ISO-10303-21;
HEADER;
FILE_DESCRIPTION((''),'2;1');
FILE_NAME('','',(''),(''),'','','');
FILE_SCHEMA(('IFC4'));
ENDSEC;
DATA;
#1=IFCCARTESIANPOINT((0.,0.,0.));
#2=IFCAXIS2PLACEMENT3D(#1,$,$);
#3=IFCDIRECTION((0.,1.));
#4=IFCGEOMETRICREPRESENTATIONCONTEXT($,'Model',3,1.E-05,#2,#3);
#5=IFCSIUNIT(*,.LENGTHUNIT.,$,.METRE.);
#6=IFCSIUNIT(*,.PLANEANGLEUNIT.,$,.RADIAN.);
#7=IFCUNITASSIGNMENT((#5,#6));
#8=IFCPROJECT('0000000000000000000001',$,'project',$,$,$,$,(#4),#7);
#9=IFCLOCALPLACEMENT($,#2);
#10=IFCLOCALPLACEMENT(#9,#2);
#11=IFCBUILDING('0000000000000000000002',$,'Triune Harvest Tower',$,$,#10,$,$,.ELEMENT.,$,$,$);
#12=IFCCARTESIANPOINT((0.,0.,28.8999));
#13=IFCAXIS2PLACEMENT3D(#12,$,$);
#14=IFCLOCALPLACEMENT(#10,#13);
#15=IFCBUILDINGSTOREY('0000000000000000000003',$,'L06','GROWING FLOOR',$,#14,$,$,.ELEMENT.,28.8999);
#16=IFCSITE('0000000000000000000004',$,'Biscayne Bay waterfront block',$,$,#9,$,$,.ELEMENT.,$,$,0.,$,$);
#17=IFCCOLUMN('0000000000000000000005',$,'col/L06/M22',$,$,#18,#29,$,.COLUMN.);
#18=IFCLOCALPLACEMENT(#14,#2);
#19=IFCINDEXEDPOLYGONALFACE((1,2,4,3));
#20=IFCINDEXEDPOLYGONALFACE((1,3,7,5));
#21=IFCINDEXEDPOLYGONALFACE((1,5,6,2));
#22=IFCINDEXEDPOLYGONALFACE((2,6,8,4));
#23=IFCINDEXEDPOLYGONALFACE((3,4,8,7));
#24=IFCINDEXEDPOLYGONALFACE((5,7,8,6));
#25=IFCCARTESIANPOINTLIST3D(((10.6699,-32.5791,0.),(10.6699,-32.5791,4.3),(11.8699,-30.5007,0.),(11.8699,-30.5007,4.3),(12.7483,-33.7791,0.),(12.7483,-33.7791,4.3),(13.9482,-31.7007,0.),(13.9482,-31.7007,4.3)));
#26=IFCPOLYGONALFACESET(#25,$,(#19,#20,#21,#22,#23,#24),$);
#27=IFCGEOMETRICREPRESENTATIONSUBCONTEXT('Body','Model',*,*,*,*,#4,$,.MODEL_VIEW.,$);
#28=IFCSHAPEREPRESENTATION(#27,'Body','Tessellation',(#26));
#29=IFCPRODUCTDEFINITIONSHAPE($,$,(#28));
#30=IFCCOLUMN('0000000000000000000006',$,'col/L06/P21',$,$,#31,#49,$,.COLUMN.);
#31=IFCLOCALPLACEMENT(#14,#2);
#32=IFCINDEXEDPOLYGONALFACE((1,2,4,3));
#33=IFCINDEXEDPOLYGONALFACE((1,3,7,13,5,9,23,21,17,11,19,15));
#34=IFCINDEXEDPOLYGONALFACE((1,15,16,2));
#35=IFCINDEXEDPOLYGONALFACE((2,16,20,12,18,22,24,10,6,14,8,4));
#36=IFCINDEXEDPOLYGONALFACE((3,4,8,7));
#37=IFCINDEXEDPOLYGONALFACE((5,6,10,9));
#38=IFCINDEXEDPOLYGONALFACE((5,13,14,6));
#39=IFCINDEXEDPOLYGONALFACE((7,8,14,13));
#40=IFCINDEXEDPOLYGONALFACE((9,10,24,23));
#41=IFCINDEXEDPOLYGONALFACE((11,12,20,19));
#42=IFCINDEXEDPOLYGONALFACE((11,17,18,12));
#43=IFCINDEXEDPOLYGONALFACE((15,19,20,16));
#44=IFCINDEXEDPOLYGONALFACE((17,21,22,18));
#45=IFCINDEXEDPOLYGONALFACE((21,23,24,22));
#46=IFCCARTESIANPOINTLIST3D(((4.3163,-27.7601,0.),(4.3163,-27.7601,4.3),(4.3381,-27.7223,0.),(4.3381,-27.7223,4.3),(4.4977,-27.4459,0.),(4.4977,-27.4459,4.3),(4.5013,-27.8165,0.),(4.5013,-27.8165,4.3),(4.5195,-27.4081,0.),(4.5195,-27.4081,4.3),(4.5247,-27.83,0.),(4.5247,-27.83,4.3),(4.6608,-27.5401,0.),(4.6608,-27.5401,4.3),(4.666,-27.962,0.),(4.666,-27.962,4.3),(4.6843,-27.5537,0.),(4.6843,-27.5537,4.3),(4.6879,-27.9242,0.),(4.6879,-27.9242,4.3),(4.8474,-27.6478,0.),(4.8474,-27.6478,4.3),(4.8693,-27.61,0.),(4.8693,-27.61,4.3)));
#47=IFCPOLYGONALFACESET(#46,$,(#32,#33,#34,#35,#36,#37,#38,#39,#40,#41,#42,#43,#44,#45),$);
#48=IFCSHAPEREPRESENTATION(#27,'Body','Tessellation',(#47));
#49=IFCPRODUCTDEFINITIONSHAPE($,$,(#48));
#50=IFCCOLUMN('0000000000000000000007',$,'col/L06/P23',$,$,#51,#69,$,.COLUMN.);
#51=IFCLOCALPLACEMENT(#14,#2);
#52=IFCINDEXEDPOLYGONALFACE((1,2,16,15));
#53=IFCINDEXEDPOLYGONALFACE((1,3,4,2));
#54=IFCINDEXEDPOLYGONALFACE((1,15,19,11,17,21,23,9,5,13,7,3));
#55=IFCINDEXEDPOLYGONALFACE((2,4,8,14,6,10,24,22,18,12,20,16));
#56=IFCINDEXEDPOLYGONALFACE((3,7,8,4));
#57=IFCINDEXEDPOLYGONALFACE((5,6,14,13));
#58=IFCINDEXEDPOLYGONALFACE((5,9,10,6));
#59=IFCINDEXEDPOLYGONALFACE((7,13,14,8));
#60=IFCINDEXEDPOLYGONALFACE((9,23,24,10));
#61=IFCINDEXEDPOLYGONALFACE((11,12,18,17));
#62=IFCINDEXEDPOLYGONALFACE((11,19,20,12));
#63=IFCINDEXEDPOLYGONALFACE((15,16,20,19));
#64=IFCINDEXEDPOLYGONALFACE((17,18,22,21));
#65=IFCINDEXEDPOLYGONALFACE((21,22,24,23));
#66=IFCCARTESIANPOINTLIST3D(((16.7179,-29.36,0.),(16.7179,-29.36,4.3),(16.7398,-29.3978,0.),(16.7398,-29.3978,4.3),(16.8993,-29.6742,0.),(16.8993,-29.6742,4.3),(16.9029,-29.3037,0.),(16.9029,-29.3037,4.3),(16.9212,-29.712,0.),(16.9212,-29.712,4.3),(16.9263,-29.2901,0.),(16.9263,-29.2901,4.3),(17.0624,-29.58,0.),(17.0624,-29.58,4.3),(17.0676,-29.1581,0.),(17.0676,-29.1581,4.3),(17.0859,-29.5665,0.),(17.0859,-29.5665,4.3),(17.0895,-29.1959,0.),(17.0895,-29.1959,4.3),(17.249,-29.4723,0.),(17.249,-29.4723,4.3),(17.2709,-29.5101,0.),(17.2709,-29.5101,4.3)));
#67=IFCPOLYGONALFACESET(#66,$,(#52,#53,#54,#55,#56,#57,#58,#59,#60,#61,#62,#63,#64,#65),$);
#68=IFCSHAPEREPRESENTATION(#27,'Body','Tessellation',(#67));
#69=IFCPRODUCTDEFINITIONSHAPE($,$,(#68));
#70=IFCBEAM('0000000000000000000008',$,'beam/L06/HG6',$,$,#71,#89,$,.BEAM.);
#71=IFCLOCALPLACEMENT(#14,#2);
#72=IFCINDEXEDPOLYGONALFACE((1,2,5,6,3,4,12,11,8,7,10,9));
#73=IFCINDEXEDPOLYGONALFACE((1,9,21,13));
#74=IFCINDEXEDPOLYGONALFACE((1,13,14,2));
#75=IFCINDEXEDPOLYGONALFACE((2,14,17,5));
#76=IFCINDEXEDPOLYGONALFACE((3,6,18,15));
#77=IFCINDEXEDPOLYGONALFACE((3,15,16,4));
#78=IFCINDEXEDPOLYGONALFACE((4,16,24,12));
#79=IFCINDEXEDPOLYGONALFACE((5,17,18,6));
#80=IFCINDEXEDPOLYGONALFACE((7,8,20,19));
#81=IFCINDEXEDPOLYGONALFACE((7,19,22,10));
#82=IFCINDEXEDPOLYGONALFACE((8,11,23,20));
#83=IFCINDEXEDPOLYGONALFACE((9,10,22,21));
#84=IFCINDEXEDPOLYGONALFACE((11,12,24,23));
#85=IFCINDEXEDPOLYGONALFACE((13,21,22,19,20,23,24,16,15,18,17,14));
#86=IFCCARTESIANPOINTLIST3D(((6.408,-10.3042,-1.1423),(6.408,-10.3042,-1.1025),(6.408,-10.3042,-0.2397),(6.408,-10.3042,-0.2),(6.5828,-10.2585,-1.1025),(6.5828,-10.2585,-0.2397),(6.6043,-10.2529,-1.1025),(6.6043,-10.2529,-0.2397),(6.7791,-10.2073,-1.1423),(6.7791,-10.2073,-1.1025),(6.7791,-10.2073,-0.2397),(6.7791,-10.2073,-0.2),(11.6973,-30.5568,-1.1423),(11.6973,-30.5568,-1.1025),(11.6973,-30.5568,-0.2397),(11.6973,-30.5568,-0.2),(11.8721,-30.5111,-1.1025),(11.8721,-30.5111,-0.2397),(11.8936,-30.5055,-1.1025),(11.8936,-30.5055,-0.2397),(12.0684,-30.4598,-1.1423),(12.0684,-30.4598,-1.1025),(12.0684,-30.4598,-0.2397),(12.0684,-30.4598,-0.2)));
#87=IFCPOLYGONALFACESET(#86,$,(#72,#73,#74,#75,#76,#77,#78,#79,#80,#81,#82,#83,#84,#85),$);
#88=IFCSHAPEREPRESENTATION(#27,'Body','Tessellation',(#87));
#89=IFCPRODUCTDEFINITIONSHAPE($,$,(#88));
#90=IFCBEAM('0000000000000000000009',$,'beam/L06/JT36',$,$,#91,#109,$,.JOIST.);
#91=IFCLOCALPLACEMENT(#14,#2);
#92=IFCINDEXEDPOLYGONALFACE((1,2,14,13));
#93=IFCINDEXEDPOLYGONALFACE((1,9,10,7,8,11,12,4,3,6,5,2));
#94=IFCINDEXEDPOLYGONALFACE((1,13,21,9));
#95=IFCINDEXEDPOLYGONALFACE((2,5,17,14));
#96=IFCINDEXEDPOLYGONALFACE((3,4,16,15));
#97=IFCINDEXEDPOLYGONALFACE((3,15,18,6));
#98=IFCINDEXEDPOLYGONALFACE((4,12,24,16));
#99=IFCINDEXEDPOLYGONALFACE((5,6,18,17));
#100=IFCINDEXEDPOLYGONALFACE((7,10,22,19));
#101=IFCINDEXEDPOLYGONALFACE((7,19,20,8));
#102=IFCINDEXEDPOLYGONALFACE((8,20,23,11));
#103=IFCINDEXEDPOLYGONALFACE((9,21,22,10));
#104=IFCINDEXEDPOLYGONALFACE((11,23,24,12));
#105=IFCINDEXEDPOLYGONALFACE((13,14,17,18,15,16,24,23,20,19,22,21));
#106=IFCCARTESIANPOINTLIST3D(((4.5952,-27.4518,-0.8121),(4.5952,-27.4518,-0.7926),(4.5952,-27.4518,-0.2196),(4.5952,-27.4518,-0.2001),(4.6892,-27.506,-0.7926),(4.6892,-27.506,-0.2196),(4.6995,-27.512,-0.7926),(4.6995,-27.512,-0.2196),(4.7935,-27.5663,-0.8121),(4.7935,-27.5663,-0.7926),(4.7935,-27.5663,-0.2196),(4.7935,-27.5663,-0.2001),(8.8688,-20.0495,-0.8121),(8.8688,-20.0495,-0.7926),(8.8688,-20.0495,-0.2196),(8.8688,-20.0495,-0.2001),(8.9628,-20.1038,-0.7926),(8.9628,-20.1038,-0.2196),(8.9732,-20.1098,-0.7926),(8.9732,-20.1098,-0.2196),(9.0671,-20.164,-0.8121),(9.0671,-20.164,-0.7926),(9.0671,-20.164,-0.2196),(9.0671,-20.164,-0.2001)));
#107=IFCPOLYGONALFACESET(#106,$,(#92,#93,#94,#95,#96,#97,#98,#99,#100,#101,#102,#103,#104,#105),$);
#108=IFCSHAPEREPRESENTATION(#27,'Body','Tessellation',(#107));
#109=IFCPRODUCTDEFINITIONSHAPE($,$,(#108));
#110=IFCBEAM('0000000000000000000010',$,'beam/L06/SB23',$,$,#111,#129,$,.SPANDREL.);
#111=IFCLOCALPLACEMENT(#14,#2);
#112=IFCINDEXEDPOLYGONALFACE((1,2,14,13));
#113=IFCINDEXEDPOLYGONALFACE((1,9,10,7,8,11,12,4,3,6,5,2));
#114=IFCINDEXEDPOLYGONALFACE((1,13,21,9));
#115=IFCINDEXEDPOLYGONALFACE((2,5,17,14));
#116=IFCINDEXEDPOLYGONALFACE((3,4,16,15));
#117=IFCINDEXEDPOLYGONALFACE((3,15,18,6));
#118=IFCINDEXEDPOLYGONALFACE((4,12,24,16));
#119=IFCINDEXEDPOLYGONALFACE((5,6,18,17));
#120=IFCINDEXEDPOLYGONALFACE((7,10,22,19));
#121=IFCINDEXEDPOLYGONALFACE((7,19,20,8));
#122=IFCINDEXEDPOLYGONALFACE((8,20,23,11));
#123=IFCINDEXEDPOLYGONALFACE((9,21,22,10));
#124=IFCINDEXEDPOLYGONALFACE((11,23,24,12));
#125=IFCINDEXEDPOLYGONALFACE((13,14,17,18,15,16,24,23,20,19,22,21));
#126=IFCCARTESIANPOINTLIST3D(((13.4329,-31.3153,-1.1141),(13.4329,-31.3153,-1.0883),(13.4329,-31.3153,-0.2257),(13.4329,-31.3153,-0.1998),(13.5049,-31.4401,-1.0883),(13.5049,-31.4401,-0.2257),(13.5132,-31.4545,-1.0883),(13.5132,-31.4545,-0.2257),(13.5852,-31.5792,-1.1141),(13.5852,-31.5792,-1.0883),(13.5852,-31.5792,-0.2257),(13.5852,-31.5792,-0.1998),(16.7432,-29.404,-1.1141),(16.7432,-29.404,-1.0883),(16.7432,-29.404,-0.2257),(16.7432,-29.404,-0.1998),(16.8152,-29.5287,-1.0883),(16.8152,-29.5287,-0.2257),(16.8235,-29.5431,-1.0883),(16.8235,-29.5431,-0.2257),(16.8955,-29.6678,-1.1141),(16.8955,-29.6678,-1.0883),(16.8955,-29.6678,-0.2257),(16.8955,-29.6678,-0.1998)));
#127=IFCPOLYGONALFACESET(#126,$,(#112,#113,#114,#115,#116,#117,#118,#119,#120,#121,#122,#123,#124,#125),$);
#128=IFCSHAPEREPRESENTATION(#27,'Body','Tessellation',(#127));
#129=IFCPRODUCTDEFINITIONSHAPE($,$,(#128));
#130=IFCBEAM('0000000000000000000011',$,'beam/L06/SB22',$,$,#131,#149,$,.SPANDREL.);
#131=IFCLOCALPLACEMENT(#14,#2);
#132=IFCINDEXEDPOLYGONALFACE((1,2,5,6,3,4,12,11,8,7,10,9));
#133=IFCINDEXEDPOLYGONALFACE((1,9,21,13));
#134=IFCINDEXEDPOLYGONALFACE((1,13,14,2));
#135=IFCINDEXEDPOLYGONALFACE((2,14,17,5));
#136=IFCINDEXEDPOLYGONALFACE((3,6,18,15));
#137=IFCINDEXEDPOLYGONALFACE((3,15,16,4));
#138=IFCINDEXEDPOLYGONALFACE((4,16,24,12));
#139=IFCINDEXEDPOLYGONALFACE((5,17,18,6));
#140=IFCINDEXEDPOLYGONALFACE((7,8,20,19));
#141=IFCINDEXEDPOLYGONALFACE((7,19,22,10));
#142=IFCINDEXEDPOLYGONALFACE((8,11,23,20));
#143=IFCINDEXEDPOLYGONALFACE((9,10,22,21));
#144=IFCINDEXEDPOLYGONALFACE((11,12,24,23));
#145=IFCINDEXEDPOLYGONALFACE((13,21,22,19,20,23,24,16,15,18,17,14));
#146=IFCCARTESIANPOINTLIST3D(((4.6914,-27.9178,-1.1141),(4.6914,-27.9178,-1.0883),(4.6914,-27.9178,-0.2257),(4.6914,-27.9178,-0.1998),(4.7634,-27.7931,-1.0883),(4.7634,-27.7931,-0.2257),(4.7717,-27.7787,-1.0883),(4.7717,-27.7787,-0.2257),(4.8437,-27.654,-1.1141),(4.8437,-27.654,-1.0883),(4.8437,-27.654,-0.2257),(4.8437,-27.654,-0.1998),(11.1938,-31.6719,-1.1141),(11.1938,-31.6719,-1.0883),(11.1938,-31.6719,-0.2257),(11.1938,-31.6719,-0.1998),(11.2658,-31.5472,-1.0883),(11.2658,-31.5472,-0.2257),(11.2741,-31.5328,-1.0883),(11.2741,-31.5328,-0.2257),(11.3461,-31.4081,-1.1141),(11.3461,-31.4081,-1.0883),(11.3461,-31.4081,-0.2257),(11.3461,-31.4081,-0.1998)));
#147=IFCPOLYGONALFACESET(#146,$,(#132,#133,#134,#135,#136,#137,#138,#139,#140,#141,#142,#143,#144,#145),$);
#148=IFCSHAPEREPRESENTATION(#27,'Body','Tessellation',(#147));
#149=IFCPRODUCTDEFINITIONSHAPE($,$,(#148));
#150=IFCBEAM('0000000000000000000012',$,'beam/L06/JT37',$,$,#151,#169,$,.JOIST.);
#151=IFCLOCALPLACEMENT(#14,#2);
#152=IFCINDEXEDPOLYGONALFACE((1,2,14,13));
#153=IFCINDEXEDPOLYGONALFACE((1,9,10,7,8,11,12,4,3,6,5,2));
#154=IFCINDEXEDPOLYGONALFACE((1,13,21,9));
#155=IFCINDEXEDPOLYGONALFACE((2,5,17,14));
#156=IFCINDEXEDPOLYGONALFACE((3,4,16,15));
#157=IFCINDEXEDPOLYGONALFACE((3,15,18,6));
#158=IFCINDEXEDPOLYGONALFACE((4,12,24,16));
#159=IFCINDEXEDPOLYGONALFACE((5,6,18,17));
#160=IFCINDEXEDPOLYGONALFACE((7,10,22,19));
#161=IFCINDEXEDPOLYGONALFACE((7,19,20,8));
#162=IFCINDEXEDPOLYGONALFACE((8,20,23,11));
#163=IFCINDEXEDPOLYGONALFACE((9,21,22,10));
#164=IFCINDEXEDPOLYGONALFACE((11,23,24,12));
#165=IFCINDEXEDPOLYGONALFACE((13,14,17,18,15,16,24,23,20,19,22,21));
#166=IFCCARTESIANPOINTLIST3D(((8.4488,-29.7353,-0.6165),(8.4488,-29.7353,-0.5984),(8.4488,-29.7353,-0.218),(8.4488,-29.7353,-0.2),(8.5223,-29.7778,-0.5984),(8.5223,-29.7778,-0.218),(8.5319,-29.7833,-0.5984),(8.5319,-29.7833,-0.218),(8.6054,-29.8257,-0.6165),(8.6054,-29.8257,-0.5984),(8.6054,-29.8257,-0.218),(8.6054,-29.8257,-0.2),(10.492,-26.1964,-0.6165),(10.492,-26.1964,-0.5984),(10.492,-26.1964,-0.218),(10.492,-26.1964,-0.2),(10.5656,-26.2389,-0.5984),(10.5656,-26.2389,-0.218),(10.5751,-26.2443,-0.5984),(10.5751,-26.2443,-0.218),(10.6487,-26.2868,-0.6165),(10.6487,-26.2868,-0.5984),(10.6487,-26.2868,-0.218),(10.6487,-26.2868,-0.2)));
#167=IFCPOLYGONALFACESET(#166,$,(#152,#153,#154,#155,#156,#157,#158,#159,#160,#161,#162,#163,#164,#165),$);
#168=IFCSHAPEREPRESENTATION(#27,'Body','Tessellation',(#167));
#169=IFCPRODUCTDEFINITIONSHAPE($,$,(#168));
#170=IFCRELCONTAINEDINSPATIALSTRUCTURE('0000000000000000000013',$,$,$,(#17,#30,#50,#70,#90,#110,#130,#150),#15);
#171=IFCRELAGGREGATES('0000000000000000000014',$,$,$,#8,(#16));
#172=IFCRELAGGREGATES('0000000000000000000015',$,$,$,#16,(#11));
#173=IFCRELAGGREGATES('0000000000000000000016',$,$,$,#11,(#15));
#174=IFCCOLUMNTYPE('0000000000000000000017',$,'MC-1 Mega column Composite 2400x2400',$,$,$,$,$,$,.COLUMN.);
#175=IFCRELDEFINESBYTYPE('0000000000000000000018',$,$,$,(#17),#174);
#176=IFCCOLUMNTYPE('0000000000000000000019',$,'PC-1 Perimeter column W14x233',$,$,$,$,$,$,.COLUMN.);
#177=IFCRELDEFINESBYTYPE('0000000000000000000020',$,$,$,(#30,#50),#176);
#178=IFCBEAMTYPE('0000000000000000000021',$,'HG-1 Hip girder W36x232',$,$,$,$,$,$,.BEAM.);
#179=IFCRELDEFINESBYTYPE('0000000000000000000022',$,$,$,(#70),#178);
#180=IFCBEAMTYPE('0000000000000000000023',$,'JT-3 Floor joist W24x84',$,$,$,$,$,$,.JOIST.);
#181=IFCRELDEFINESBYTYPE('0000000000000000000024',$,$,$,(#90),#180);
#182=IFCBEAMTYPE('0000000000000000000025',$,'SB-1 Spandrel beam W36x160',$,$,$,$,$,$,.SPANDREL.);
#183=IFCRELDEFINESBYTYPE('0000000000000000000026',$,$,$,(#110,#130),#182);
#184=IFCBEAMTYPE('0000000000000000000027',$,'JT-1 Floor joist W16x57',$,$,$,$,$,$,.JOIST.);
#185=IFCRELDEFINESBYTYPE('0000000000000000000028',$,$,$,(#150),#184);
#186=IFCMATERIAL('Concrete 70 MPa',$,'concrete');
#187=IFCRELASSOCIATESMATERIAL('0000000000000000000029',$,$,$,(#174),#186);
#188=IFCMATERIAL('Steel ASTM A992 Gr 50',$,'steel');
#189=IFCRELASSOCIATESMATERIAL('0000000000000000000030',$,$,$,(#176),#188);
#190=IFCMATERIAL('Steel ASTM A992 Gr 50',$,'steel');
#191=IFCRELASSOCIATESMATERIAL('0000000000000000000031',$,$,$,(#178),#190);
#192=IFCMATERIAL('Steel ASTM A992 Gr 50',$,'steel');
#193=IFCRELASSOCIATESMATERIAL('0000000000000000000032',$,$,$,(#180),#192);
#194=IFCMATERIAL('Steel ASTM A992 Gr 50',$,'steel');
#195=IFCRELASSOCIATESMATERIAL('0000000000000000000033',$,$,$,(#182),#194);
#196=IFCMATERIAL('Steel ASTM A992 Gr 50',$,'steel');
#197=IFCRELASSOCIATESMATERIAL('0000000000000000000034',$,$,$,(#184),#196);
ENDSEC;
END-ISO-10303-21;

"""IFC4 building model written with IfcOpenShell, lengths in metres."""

from ifc_helpers import new_model, si_unit, direction, frame, origin, origin_2d, place, context, subcontext, project, spatial, rectangle, i_section, extrude, source, transform, mapped, material, material_profile, profile_set, type_object, element, save


model = new_model("IFC4")

# Units and contexts
model_context = context("Model", 3, precision=1e-05, world=origin(), true_north=direction((0.0, 1.0)))
body_context = subcontext(model_context, "Body", "Model", "MODEL_VIEW")
ifc_project = project(units=[si_unit("LENGTHUNIT", "METRE"), si_unit("PLANEANGLEUNIT", "RADIAN")], contexts=[model_context])

# Site, building, storey
site_placement = place(None, origin())
site = spatial("IfcSite", under=ifc_project, at=site_placement, Name="Biscayne Bay waterfront block", CompositionType="ELEMENT", RefElevation=0.0)
building_placement = place(site_placement, origin())
building = spatial("IfcBuilding", under=site, at=building_placement, Name="Triune Harvest Tower", CompositionType="ELEMENT")
storey_placement = place(building_placement, frame((0.0, 0.0, 28.8999)))
storey = spatial("IfcBuildingStorey", under=building, at=storey_placement, Name="L06", Description="GROWING FLOOR", CompositionType="ELEMENT", Elevation=28.8999)

# Columns
ifc_material_1 = material(Name="Concrete 70 MPa", Category="concrete")
ifc_material_profile_1 = material_profile(ifc_material_1, rectangle(XDim=2.3999, YDim=2.3999, at=origin_2d()), Name="Composite 2400x2400")
ifc_profile_set_1 = profile_set([ifc_material_profile_1], Name="Concrete 70 MPa")
column_type_1 = type_object("IfcColumnType", Name="MC-1 Mega column Composite 2400x2400", PredefinedType="COLUMN", material=ifc_profile_set_1)
shared_shape_1 = source(origin(), body_context, "Body", "SweptSolid", [
    extrude(rectangle(XDim=2.3999, YDim=2.3999, at=origin_2d()), origin(), (0.0, 0.0, 1.0), 4.3),
])
column_placement = place(storey_placement, frame((12.3091, -32.1399, 0.0), z_axis=(0.0, 0.0, 1.0), x_axis=(0.866025, -0.5, 0.0)))
element("IfcColumn", 1, at=column_placement, inside=storey, type_object=column_type_1, Name="col/L06/M22", PredefinedType="COLUMN", context=body_context, shape_type="MappedRepresentation", body=[
    mapped(shared_shape_1, transform((0.0, 0.0, 0.0), scale=1.0)),
])
ifc_material_2 = material(Name="Steel ASTM A992 Gr 50", Category="steel")
ifc_material_profile_2 = material_profile(ifc_material_2, i_section(OverallWidth=0.4038, OverallDepth=0.4065, WebThickness=0.0271, FlangeThickness=0.0437, at=origin_2d()), Name="W14x233")
ifc_profile_set_2 = profile_set([ifc_material_profile_2], Name="Steel ASTM A992 Gr 50")
column_type_2 = type_object("IfcColumnType", Name="PC-1 Perimeter column W14x233", PredefinedType="COLUMN", material=ifc_profile_set_2)
shared_shape_2 = source(origin(), body_context, "Body", "SweptSolid", [
    extrude(i_section(OverallWidth=0.4038, OverallDepth=0.4065, WebThickness=0.0271, FlangeThickness=0.0437, at=origin_2d()), origin(), (0.0, 0.0, 1.0), 4.3),
])
for number, where, z_axis, x_axis, name in (
    (2, (4.5928, -27.6851, 0.0), (0.0, 0.0, 1.0), (0.866025, -0.5, 0.0), "col/L06/P21"),
    (3, (16.9944, -29.4351, 0.0), (0.0, 0.0, 1.0), (0.866026, 0.499998, 0.0), "col/L06/P23"),
):
    element("IfcColumn", number, at=place(storey_placement, frame(where, z_axis=z_axis, x_axis=x_axis)), inside=storey, type_object=column_type_2, Name=name, PredefinedType="COLUMN", context=body_context, shape_type="MappedRepresentation", body=[
        mapped(shared_shape_2, transform((0.0, 0.0, 0.0), scale=1.0)),
    ])

# Beams
ifc_material_3 = material(Name="Steel ASTM A992 Gr 50", Category="steel")
ifc_material_profile_3 = material_profile(ifc_material_3, i_section(OverallWidth=0.3835, OverallDepth=0.9424, WebThickness=0.0222, FlangeThickness=0.0398, at=origin_2d()), Name="W36x232")
ifc_profile_set_3 = profile_set([ifc_material_profile_3], Name="Steel ASTM A992 Gr 50")
beam_type_1 = type_object("IfcBeamType", Name="HG-1 Hip girder W36x232", PredefinedType="BEAM", material=ifc_profile_set_3)
shared_shape_3 = source(origin(), body_context, "Body", "SweptSolid", [
    extrude(i_section(OverallWidth=0.3835, OverallDepth=0.9424, WebThickness=0.0222, FlangeThickness=0.0398, at=origin_2d()), origin(), (0.0, 0.0, 1.0), 20.9319),
])
beam_1_placement = place(storey_placement, frame((11.8828, -30.5083, -0.6711), z_axis=(-0.25269, 0.967547, 0.0), x_axis=(-0.967547, -0.25269, 0.0)))
element("IfcBeam", 4, at=beam_1_placement, inside=storey, type_object=beam_type_1, Name="beam/L06/HG6", PredefinedType="BEAM", context=body_context, shape_type="MappedRepresentation", body=[
    mapped(shared_shape_3, transform((0.0, 0.0, 0.0), scale=1.0)),
])
ifc_material_4 = material(Name="Steel ASTM A992 Gr 50", Category="steel")
ifc_material_profile_4 = material_profile(ifc_material_4, i_section(OverallWidth=0.229, OverallDepth=0.6121, WebThickness=0.012, FlangeThickness=0.0195, at=origin_2d()), Name="W24x84")
ifc_profile_set_4 = profile_set([ifc_material_profile_4], Name="Steel ASTM A992 Gr 50")
beam_type_2 = type_object("IfcBeamType", Name="JT-3 Floor joist W24x84", PredefinedType="JOIST", material=ifc_profile_set_4)
shared_shape_4 = source(origin(), body_context, "Body", "SweptSolid", [
    extrude(i_section(OverallWidth=0.229, OverallDepth=0.6121, WebThickness=0.012, FlangeThickness=0.0195, at=origin_2d()), origin(), (0.0, 0.0, 1.0), 8.5474),
])
beam_2_placement = place(storey_placement, frame((4.6943, -27.509, -0.5061), z_axis=(0.499994, 0.866029, 0.0), x_axis=(-0.866029, 0.499994, 0.0)))
element("IfcBeam", 5, at=beam_2_placement, inside=storey, type_object=beam_type_2, Name="beam/L06/JT36", PredefinedType="JOIST", context=body_context, shape_type="MappedRepresentation", body=[
    mapped(shared_shape_4, transform((0.0, 0.0, 0.0), scale=1.0)),
])
ifc_material_5 = material(Name="Steel ASTM A992 Gr 50", Category="steel")
ifc_material_profile_5 = material_profile(ifc_material_5, i_section(OverallWidth=0.3047, OverallDepth=0.9143, WebThickness=0.0166, FlangeThickness=0.0259, at=origin_2d()), Name="W36x160")
ifc_profile_set_5 = profile_set([ifc_material_profile_5], Name="Steel ASTM A992 Gr 50")
beam_type_3 = type_object("IfcBeamType", Name="SB-1 Spandrel beam W36x160", PredefinedType="SPANDREL", material=ifc_profile_set_5)
shared_shape_5 = source(origin(), body_context, "Body", "SweptSolid", [
    extrude(i_section(OverallWidth=0.3047, OverallDepth=0.9143, WebThickness=0.0166, FlangeThickness=0.0259, at=origin_2d()), origin(), (0.0, 0.0, 1.0), 3.8225),
])
beam_3_placement = place(storey_placement, frame((13.509, -31.4473, -0.657), z_axis=(0.866006, 0.500034, 0.0), x_axis=(-0.500034, 0.866006, 0.0)))
element("IfcBeam", 6, at=beam_3_placement, inside=storey, type_object=beam_type_3, Name="beam/L06/SB23", PredefinedType="SPANDREL", context=body_context, shape_type="MappedRepresentation", body=[
    mapped(shared_shape_5, transform((0.0, 0.0, 0.0), scale=1.0)),
])
shared_shape_6 = source(origin(), body_context, "Body", "SweptSolid", [
    extrude(i_section(OverallWidth=0.3047, OverallDepth=0.9143, WebThickness=0.0166, FlangeThickness=0.0259, at=origin_2d()), origin(), (0.0, 0.0, 1.0), 7.5083),
])
beam_4_placement = place(storey_placement, frame((4.7676, -27.7859, -0.657), z_axis=(0.866027, -0.499996, 0.0), x_axis=(0.499996, 0.866027, 0.0)))
element("IfcBeam", 7, at=beam_4_placement, inside=storey, type_object=beam_type_3, Name="beam/L06/SB22", PredefinedType="SPANDREL", context=body_context, shape_type="MappedRepresentation", body=[
    mapped(shared_shape_6, transform((0.0, 0.0, 0.0), scale=1.0)),
])
ifc_material_6 = material(Name="Steel ASTM A992 Gr 50", Category="steel")
ifc_material_profile_6 = material_profile(ifc_material_6, i_section(OverallWidth=0.1809, OverallDepth=0.4165, WebThickness=0.011, FlangeThickness=0.0181, at=origin_2d()), Name="W16x57")
ifc_profile_set_6 = profile_set([ifc_material_profile_6], Name="Steel ASTM A992 Gr 50")
beam_type_4 = type_object("IfcBeamType", Name="JT-1 Floor joist W16x57", PredefinedType="JOIST", material=ifc_profile_set_6)
shared_shape_7 = source(origin(), body_context, "Body", "SweptSolid", [
    extrude(i_section(OverallWidth=0.1809, OverallDepth=0.4165, WebThickness=0.011, FlangeThickness=0.0181, at=origin_2d()), origin(), (0.0, 0.0, 1.0), 4.0864),
])
beam_5_placement = place(storey_placement, frame((8.5271, -29.7805, -0.4082), z_axis=(0.500014, 0.866017, 0.0), x_axis=(-0.866017, 0.500014, 0.0)))
element("IfcBeam", 8, at=beam_5_placement, inside=storey, type_object=beam_type_4, Name="beam/L06/JT37", PredefinedType="JOIST", context=body_context, shape_type="MappedRepresentation", body=[
    mapped(shared_shape_7, transform((0.0, 0.0, 0.0), scale=1.0)),
])

save(model, "model.ifc")
